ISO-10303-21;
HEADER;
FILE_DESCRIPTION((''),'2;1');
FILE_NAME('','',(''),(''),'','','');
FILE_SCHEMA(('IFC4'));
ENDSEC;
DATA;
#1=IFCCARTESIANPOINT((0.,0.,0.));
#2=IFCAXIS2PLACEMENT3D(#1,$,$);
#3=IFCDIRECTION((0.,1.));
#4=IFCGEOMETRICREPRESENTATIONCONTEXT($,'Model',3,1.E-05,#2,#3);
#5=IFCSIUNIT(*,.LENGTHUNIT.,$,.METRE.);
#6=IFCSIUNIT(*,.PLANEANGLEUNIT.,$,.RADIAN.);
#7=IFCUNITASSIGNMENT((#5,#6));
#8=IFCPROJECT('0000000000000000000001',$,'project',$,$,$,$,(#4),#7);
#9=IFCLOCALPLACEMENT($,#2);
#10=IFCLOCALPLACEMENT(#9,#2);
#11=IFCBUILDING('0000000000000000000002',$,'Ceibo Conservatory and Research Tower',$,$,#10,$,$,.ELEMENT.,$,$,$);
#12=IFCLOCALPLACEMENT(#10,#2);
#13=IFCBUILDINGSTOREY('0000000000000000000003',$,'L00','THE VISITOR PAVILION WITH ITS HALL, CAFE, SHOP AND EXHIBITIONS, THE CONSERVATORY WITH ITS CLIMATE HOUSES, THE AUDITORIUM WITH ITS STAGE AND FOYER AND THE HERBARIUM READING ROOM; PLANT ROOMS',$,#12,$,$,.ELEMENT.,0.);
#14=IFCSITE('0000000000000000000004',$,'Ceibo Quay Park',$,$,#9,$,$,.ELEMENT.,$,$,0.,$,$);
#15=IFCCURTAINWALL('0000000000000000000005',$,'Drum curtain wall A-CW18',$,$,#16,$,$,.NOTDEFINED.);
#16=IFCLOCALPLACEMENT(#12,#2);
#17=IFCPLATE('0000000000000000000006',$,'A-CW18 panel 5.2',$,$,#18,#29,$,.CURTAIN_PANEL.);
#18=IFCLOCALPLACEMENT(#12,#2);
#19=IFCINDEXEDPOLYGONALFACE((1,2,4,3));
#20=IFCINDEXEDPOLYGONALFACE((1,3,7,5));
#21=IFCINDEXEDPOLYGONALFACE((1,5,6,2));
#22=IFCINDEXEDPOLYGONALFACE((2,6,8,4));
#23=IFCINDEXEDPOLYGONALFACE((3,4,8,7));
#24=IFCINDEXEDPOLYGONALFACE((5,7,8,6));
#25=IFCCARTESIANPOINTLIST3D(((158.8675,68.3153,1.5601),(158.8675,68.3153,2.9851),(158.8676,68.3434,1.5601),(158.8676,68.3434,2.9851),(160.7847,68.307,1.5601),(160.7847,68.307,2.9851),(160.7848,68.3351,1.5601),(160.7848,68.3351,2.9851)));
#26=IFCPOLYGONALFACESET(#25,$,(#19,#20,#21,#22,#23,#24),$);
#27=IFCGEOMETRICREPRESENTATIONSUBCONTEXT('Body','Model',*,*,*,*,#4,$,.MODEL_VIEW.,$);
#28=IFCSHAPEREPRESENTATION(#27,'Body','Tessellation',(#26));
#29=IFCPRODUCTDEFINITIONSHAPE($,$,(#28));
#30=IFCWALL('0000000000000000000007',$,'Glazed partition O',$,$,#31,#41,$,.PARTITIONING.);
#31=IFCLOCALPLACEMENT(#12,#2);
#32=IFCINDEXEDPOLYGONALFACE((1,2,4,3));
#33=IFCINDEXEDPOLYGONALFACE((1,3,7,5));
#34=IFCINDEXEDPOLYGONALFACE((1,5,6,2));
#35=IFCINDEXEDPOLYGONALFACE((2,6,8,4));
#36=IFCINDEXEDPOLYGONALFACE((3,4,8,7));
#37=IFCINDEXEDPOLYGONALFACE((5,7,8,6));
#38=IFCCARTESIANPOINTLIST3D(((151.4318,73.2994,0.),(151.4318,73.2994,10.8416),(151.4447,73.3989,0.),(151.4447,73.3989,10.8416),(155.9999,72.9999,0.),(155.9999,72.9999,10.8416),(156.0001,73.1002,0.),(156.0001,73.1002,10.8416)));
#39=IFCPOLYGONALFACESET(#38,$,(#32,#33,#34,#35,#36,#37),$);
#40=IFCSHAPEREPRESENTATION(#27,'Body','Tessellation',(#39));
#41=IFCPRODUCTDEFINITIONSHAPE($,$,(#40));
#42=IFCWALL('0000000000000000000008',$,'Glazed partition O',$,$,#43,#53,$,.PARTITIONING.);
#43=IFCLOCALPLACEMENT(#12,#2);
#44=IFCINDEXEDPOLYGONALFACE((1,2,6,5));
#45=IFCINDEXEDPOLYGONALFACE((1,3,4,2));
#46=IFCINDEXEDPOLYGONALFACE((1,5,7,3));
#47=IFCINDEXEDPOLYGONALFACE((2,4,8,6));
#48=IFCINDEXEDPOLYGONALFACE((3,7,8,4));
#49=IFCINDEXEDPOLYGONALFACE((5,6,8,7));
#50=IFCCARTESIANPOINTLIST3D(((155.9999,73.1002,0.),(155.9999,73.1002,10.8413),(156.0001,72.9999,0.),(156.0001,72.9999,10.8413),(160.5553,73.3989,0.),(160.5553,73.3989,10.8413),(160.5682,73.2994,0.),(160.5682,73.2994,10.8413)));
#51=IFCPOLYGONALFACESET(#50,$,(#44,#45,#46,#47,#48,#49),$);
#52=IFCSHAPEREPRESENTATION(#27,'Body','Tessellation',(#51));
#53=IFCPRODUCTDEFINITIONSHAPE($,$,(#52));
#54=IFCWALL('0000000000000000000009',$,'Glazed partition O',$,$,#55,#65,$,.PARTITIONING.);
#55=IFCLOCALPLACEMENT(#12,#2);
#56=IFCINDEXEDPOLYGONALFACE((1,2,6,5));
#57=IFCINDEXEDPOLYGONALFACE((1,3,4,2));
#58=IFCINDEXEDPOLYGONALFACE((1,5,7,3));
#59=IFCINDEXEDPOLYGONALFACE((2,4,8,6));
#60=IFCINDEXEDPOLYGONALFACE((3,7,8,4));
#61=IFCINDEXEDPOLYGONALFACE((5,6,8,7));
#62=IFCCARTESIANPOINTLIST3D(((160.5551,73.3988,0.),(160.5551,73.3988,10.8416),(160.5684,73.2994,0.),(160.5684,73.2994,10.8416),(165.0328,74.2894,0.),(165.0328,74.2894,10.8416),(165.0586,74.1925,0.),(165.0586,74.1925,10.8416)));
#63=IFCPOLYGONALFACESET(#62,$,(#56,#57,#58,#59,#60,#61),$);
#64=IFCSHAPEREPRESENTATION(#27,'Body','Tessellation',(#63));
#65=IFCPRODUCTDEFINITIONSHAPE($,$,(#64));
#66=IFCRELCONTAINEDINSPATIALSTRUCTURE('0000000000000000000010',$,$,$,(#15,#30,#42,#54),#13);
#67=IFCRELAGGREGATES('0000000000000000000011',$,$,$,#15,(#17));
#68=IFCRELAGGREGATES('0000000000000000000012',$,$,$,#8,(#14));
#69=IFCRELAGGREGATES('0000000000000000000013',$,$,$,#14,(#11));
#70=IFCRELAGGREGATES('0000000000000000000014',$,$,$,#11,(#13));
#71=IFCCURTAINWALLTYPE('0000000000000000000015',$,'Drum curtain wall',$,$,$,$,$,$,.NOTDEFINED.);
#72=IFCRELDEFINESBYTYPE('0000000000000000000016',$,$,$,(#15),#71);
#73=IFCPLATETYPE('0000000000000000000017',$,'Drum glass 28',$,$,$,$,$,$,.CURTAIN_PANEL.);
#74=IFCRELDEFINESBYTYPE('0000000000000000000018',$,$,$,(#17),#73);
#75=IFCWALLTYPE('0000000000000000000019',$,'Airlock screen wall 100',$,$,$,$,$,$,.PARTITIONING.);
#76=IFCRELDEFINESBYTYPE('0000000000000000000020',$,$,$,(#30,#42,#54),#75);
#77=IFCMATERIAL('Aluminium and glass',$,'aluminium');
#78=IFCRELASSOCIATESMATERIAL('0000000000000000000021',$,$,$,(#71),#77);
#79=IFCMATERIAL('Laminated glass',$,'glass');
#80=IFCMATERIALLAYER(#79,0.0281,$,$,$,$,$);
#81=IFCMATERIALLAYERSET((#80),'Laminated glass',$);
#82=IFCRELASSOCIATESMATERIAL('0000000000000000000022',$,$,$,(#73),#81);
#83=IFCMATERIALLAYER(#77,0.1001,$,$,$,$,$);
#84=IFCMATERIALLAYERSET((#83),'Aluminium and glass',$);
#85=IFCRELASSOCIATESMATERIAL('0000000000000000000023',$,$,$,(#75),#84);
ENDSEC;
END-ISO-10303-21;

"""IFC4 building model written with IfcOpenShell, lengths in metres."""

from ifc_helpers import new_model, si_unit, direction, frame, origin, origin_2d, place, context, subcontext, project, spatial, polyline, rectangle, outline, extrude, material, layer, layer_set, type_object, element, aggregate, save


model = new_model("IFC4")

# Units and contexts
model_context = context("Model", 3, precision=1e-05, world=origin(), true_north=direction((0.0, 1.0)))
body_context = subcontext(model_context, "Body", "Model", "MODEL_VIEW")
ifc_project = project(units=[si_unit("LENGTHUNIT", "METRE"), si_unit("PLANEANGLEUNIT", "RADIAN")], contexts=[model_context])

# Site, building, storey
site_placement = place(None, origin())
site = spatial("IfcSite", under=ifc_project, at=site_placement, Name="Ceibo Quay Park", CompositionType="ELEMENT", RefElevation=0.0)
building_placement = place(site_placement, origin())
building = spatial("IfcBuilding", under=site, at=building_placement, Name="Ceibo Conservatory and Research Tower", CompositionType="ELEMENT")
storey_placement = place(building_placement, origin())
storey = spatial("IfcBuildingStorey", under=building, at=storey_placement, Name="L00", Description="THE VISITOR PAVILION WITH ITS HALL, CAFE, SHOP AND EXHIBITIONS, THE CONSERVATORY WITH ITS CLIMATE HOUSES, THE AUDITORIUM WITH ITS STAGE AND FOYER AND THE HERBARIUM READING ROOM; PLANT ROOMS", CompositionType="ELEMENT", Elevation=0.0)

# Curtain wall
ifc_material_1 = material(Name="Aluminium and glass", Category="aluminium")
curtain_wall_type = type_object("IfcCurtainWallType", Name="Drum curtain wall", PredefinedType="NOTDEFINED", material=ifc_material_1)
curtain_wall_placement = place(storey_placement, origin())
curtain_wall = element("IfcCurtainWall", 1, at=curtain_wall_placement, inside=storey, type_object=curtain_wall_type, Name="Drum curtain wall A-CW18", PredefinedType="NOTDEFINED")

# Plate
ifc_material_2 = material(Name="Laminated glass", Category="glass")
ifc_layer_1 = layer(ifc_material_2, 0.0281)
ifc_layer_set_1 = layer_set([ifc_layer_1], Name="Laminated glass")
plate_type = type_object("IfcPlateType", Name="Drum glass 28", PredefinedType="CURTAIN_PANEL", material=ifc_layer_set_1)
plate_1_placement = place(storey_placement, frame((159.8262, 68.3252, 1.5601), z_axis=(0.0, 0.0, 1.0), x_axis=(0.99999, -0.004363, 0.0)))
plate_1 = element("IfcPlate", 2, at=plate_1_placement, type_object=plate_type, Name="A-CW18 panel 5.2", PredefinedType="CURTAIN_PANEL", context=body_context, shape_type="SweptSolid", body=[
    extrude(rectangle(XDim=1.9172, YDim=0.0281, at=origin_2d()), origin(), (0.0, 0.0, 1.0), 1.425),
])
aggregate(curtain_wall, [plate_1])

# Walls
ifc_layer_2 = layer(ifc_material_1, 0.1001)
ifc_layer_set_2 = layer_set([ifc_layer_2], Name="Aluminium and glass")
wall_type = type_object("IfcWallType", Name="Airlock screen wall 100", PredefinedType="PARTITIONING", material=ifc_layer_set_2)
wall_1_placement = place(storey_placement, frame((151.4382, 73.3491, 0.0), z_axis=(0.0, 0.0, 1.0), x_axis=(0.997858, -0.06542, 0.0)))
element("IfcWall", 3, at=wall_1_placement, inside=storey, type_object=wall_type, Name="Glazed partition O", PredefinedType="PARTITIONING", context=body_context, shape_type="SweptSolid", body=[
    extrude(outline(polyline([(-0.0032, -0.05), (4.5747, -0.05), (4.5684, 0.05), (0.0032, 0.05), (-0.0032, -0.05)])), origin(), (0.0, 0.0, 1.0), 10.8416),
])
wall_2_placement = place(storey_placement, frame((156.0, 73.05, 0.0), z_axis=(0.0, 0.0, 1.0), x_axis=(0.997858, 0.06542, 0.0)))
element("IfcWall", 4, at=wall_2_placement, inside=storey, type_object=wall_type, Name="Glazed partition O", PredefinedType="PARTITIONING", context=body_context, shape_type="SweptSolid", body=[
    extrude(outline(polyline([(-0.0032, -0.05), (4.5747, -0.05), (4.5684, 0.05), (0.0032, 0.05), (-0.0032, -0.05)])), origin(), (0.0, 0.0, 1.0), 10.8413),
])
wall_3_placement = place(storey_placement, frame((160.5618, 73.3491, 0.0), z_axis=(0.0, 0.0, 1.0), x_axis=(0.980788, 0.195079, 0.0)))
element("IfcWall", 5, at=wall_3_placement, inside=storey, type_object=wall_type, Name="Glazed partition O", PredefinedType="PARTITIONING", context=body_context, shape_type="SweptSolid", body=[
    extrude(outline(polyline([(-0.0032, -0.05), (4.575, -0.05), (4.5686, 0.05), (0.0032, 0.05), (-0.0032, -0.05)])), origin(), (0.0, 0.0, 1.0), 10.8416),
])

save(model, "model.ifc")
